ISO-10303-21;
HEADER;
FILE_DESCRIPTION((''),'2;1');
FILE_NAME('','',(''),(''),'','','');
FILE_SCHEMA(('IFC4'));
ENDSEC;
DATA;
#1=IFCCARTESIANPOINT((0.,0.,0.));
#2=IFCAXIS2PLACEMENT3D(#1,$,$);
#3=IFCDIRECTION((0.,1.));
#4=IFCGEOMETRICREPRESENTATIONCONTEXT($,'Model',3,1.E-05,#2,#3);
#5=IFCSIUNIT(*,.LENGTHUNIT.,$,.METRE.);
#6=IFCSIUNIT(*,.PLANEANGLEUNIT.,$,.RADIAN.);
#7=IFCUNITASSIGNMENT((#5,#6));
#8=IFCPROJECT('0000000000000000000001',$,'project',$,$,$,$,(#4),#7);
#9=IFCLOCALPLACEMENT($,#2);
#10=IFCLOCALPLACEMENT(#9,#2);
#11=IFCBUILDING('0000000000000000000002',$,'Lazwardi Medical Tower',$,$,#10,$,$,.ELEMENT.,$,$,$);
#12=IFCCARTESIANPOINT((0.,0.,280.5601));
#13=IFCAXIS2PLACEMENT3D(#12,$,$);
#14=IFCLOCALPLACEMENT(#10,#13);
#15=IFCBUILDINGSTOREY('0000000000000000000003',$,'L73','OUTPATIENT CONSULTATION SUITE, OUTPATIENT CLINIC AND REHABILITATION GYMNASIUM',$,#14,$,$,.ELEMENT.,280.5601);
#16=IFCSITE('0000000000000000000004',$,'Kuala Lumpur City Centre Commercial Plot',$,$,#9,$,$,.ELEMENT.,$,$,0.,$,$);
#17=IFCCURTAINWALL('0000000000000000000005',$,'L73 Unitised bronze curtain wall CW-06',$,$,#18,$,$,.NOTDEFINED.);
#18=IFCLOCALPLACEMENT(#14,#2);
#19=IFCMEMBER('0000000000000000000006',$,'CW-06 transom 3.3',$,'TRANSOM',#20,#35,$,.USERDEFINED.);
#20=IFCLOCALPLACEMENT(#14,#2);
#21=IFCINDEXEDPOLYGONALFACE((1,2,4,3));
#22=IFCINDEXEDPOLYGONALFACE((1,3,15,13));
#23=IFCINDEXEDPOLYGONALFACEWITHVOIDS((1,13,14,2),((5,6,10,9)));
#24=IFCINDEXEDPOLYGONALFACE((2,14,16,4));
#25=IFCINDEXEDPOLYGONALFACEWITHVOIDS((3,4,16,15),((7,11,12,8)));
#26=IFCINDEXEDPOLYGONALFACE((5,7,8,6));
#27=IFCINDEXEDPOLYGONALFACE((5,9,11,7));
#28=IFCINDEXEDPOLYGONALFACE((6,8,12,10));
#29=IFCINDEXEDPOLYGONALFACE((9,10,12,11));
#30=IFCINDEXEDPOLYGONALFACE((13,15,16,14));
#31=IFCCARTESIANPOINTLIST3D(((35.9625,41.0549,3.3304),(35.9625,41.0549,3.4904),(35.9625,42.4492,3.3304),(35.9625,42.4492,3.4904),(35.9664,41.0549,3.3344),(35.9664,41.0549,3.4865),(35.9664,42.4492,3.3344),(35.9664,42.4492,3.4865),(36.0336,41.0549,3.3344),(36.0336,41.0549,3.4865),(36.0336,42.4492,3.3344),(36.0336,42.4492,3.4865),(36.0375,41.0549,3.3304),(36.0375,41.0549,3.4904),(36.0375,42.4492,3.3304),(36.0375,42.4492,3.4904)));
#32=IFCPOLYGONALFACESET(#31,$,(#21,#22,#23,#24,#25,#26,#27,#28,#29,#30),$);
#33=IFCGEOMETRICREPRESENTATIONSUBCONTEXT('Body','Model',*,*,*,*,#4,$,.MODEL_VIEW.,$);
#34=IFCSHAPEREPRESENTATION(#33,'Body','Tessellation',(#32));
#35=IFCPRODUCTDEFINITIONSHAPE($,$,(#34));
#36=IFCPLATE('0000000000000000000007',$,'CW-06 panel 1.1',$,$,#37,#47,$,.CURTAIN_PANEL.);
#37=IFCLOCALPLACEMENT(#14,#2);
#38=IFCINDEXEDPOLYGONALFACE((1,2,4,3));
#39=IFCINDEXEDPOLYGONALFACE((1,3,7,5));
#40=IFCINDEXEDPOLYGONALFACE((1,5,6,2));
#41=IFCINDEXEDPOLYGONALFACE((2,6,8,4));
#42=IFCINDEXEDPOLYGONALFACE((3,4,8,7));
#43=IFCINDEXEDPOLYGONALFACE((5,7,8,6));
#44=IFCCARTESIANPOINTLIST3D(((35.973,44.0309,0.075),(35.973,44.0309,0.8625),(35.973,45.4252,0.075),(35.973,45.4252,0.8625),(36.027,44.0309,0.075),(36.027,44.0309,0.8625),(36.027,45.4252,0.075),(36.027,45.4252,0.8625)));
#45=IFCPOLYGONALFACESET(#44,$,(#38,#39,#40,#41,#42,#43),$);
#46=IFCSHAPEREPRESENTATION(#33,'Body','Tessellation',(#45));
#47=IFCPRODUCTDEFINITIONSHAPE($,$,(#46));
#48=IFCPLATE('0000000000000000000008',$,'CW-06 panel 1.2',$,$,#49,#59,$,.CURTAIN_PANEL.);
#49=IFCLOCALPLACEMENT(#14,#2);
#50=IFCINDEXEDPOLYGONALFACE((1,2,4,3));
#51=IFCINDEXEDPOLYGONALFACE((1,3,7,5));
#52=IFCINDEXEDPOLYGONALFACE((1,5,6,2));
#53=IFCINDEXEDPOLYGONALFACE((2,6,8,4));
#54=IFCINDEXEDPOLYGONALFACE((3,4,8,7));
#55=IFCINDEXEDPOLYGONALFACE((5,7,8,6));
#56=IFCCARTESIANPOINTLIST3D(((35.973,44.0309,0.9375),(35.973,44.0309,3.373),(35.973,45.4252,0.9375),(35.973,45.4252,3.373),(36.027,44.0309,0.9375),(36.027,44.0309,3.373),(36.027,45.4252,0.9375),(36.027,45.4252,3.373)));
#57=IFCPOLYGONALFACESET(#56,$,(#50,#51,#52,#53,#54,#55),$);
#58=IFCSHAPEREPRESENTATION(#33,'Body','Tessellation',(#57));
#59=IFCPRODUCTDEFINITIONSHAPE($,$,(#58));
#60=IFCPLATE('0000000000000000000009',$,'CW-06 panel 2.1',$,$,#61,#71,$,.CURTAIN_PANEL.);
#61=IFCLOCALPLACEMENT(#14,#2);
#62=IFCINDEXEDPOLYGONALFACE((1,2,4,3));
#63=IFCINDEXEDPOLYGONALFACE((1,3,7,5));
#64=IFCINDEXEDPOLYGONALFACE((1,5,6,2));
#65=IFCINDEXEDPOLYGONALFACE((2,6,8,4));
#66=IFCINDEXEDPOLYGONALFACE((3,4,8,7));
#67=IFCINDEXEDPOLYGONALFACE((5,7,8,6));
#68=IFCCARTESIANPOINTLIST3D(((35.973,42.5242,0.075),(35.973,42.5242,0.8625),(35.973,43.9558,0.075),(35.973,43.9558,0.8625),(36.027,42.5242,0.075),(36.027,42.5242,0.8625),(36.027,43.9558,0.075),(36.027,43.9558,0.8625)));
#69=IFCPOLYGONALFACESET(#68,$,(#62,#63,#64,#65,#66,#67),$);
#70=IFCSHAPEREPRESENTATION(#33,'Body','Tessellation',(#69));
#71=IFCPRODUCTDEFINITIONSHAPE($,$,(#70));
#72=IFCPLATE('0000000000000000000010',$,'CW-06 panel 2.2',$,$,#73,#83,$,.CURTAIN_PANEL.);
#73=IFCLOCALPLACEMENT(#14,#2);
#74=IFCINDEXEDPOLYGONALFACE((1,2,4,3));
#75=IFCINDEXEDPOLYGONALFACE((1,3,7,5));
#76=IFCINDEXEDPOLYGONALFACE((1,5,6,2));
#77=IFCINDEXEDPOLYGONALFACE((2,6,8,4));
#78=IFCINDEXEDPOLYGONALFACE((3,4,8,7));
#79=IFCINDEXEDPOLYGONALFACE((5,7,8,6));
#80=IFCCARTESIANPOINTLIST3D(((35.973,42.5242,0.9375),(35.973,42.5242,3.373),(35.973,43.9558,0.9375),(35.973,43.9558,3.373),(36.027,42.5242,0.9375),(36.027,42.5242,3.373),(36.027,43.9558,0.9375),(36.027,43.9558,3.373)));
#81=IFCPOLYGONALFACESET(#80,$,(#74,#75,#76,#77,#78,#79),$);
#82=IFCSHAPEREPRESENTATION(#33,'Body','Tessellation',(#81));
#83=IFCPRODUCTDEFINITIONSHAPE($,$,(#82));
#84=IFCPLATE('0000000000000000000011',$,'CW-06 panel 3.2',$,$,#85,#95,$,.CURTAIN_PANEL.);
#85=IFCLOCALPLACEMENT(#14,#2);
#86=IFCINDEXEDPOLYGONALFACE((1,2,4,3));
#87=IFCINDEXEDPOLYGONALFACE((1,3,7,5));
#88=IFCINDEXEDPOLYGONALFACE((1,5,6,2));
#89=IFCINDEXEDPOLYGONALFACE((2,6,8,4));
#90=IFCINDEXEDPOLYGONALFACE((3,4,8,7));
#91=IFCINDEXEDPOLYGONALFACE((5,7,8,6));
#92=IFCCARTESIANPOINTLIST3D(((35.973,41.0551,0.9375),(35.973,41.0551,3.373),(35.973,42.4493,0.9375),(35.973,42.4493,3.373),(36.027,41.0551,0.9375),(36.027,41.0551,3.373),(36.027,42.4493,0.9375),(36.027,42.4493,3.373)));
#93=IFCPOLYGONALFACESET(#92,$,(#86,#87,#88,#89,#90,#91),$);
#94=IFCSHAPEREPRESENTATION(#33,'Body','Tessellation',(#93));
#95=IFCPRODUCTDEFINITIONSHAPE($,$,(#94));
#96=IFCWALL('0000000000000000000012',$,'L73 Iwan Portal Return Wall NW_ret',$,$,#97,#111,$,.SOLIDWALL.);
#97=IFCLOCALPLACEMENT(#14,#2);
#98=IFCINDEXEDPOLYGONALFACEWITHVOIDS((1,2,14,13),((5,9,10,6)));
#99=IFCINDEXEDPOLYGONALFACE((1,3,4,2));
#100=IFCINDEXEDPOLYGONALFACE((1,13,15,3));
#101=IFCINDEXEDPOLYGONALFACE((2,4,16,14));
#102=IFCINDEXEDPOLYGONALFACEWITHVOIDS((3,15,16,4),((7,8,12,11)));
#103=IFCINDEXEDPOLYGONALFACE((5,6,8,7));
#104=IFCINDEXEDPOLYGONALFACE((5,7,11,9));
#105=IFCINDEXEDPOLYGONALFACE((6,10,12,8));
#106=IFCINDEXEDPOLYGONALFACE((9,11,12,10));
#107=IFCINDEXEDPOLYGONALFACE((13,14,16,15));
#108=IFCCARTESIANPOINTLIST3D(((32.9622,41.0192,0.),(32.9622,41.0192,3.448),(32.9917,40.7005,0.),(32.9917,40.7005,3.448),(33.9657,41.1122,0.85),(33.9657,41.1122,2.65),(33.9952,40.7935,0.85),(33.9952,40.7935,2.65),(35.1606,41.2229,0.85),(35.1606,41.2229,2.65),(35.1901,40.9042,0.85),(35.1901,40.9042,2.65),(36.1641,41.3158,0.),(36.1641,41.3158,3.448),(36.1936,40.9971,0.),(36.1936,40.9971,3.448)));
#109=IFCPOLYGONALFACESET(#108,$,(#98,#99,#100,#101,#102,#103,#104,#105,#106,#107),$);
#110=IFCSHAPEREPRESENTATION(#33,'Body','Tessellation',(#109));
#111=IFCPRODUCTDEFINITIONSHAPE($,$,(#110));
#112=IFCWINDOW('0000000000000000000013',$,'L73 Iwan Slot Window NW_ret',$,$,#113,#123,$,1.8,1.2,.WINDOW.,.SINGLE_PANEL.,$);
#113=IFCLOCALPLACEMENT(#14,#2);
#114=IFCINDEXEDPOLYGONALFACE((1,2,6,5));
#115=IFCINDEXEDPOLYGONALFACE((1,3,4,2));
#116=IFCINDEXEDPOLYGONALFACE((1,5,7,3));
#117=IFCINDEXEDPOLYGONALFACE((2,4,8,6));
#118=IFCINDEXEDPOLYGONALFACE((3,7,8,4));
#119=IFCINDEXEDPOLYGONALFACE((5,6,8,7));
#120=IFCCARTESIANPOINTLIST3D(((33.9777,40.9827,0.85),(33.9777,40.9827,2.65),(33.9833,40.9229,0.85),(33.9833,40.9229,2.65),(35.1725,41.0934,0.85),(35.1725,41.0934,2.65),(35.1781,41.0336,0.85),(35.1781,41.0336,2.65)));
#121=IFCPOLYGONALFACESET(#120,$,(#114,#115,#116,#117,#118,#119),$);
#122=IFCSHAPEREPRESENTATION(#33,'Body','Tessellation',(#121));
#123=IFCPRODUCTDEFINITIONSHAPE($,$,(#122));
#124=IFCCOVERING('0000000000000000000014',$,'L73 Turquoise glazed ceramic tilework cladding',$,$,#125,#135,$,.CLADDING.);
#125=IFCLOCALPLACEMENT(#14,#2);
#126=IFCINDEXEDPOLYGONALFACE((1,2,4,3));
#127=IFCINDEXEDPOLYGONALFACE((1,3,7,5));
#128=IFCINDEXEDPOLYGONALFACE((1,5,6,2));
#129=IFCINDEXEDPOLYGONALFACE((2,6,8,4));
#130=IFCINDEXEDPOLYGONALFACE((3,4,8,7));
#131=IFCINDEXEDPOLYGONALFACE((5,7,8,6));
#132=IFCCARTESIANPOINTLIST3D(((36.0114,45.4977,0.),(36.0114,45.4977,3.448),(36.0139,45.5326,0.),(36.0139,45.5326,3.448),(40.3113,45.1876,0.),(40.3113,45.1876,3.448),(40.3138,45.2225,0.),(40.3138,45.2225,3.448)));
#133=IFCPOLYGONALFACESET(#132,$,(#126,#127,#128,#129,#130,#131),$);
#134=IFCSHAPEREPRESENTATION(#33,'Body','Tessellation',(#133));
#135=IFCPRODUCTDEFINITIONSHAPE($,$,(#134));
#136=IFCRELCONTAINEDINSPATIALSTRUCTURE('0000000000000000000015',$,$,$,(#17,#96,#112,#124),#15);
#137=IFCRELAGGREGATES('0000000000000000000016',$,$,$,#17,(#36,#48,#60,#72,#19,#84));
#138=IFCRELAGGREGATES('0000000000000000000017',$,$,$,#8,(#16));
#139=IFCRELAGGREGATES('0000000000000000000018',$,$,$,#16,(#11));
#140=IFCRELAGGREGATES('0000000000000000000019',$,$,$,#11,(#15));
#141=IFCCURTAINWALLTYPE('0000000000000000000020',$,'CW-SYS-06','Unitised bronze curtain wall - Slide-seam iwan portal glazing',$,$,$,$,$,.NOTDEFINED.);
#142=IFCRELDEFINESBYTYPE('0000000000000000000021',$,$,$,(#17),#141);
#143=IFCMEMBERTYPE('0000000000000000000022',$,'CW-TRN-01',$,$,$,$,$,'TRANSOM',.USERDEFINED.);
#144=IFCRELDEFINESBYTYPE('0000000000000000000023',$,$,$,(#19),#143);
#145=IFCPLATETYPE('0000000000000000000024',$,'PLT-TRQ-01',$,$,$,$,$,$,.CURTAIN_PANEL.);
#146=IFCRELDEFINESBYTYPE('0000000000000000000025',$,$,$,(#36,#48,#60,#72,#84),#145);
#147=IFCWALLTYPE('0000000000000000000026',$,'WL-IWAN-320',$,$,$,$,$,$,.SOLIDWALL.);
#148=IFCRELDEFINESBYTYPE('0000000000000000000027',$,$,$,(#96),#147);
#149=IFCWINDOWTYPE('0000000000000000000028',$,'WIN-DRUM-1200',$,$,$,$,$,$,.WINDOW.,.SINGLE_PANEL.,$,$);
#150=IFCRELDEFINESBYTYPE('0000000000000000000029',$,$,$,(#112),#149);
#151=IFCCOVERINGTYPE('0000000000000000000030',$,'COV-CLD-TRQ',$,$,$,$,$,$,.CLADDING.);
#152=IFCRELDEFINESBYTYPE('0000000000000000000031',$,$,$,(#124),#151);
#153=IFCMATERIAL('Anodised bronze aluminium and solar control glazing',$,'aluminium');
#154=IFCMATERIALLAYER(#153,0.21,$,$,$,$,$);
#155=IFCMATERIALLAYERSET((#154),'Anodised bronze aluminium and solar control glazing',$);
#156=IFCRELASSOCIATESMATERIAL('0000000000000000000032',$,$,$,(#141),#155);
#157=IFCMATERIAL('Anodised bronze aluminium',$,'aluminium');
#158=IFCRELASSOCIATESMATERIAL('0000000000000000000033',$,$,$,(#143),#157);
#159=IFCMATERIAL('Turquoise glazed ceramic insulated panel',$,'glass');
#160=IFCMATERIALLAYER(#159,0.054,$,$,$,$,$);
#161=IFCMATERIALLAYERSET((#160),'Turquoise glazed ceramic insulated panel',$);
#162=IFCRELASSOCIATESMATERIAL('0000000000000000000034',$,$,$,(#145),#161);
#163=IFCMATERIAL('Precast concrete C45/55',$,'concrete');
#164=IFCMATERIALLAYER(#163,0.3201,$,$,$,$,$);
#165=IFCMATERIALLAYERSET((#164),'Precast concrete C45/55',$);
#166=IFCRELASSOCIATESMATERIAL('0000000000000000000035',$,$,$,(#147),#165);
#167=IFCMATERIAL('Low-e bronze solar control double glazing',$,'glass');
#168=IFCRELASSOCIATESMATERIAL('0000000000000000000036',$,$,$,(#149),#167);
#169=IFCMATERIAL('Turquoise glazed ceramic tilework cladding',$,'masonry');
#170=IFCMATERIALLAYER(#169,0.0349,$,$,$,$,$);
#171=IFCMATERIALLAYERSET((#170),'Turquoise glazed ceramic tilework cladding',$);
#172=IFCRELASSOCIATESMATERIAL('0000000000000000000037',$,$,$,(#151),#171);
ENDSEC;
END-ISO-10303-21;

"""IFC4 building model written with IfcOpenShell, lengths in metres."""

from ifc_helpers import new_model, si_unit, direction, frame, frame_2d, origin, origin_2d, place, context, subcontext, project, spatial, rectangle, hollow_rectangle, extrude, material, layer, layer_set, material_profile, profile_set, type_object, element, fill, aggregate, save


model = new_model("IFC4")

# Units and contexts
model_context = context("Model", 3, precision=1e-05, world=origin(), true_north=direction((0.0, 1.0)))
body_context = subcontext(model_context, "Body", "Model", "MODEL_VIEW")
ifc_project = project(units=[si_unit("LENGTHUNIT", "METRE"), si_unit("PLANEANGLEUNIT", "RADIAN")], contexts=[model_context])

# Site, building, storey
site_placement = place(None, origin())
site = spatial("IfcSite", under=ifc_project, at=site_placement, Name="Kuala Lumpur City Centre Commercial Plot", CompositionType="ELEMENT", RefElevation=0.0)
building_placement = place(site_placement, origin())
building = spatial("IfcBuilding", under=site, at=building_placement, Name="Lazwardi Medical Tower", CompositionType="ELEMENT")
storey_placement = place(building_placement, frame((0.0, 0.0, 280.5601)))
storey = spatial("IfcBuildingStorey", under=building, at=storey_placement, Name="L73", Description="OUTPATIENT CONSULTATION SUITE, OUTPATIENT CLINIC AND REHABILITATION GYMNASIUM", CompositionType="ELEMENT", Elevation=280.5601)

# Curtain wall, member, plates
ifc_material_1 = material(Name="Anodised bronze aluminium and solar control glazing", Category="aluminium")
ifc_layer_1 = layer(ifc_material_1, 0.21)
ifc_layer_set_1 = layer_set([ifc_layer_1], Name="Anodised bronze aluminium and solar control glazing")
curtain_wall_type = type_object("IfcCurtainWallType", Name="CW-SYS-06", Description="Unitised bronze curtain wall - Slide-seam iwan portal glazing", PredefinedType="NOTDEFINED", material=ifc_layer_set_1)
curtain_wall_placement = place(storey_placement, origin())
curtain_wall = element("IfcCurtainWall", 1, at=curtain_wall_placement, inside=storey, type_object=curtain_wall_type, Name="L73 Unitised bronze curtain wall CW-06", PredefinedType="NOTDEFINED")
ifc_material_2 = material(Name="Anodised bronze aluminium", Category="aluminium")
ifc_material_profile_1 = material_profile(ifc_material_2, hollow_rectangle(XDim=0.075, YDim=0.1599, WallThickness=0.0039, at=origin_2d()), Name="ALU-TRANSOM 160x75x4")
ifc_profile_set_1 = profile_set([ifc_material_profile_1], Name="Anodised bronze aluminium")
member_type_1 = type_object("IfcMemberType", Name="CW-TRN-01", ElementType="TRANSOM", PredefinedType="USERDEFINED", material=ifc_profile_set_1)
member_1_placement = place(storey_placement, frame((36.0, 42.4492, 3.4104), z_axis=(0.0, -1.0, 0.0), x_axis=(1.0, 0.0, 0.0)))
member_1 = element("IfcMember", 2, at=member_1_placement, type_object=member_type_1, Name="CW-06 transom 3.3", ObjectType="TRANSOM", PredefinedType="USERDEFINED", context=body_context, shape_type="SweptSolid", body=[
    extrude(hollow_rectangle(XDim=0.075, YDim=0.1599, WallThickness=0.0039, at=origin_2d()), origin(), (0.0, 0.0, 1.0), 1.3943),
])
ifc_material_3 = material(Name="Turquoise glazed ceramic insulated panel", Category="glass")
ifc_layer_2 = layer(ifc_material_3, 0.054)
ifc_layer_set_2 = layer_set([ifc_layer_2], Name="Turquoise glazed ceramic insulated panel")
plate_type = type_object("IfcPlateType", Name="PLT-TRQ-01", PredefinedType="CURTAIN_PANEL", material=ifc_layer_set_2)
plate_1_placement = place(storey_placement, frame((36.0, 44.728, 0.075), z_axis=(0.0, 0.0, 1.0), x_axis=(0.0, -1.0, 0.0)))
plate_1 = element("IfcPlate", 3, at=plate_1_placement, type_object=plate_type, Name="CW-06 panel 1.1", PredefinedType="CURTAIN_PANEL", context=body_context, shape_type="SweptSolid", body=[
    extrude(rectangle(XDim=1.3943, YDim=0.054, at=origin_2d()), origin(), (0.0, 0.0, 1.0), 0.7876),
])
plate_2_placement = place(storey_placement, frame((36.0, 44.728, 0.9375), z_axis=(0.0, 0.0, 1.0), x_axis=(0.0, -1.0, 0.0)))
plate_2 = element("IfcPlate", 4, at=plate_2_placement, type_object=plate_type, Name="CW-06 panel 1.2", PredefinedType="CURTAIN_PANEL", context=body_context, shape_type="SweptSolid", body=[
    extrude(rectangle(XDim=1.3943, YDim=0.054, at=origin_2d()), origin(), (0.0, 0.0, 1.0), 2.4355),
])
plate_3_placement = place(storey_placement, frame((36.0, 43.24, 0.075), z_axis=(0.0, 0.0, 1.0), x_axis=(0.0, -1.0, 0.0)))
plate_3 = element("IfcPlate", 5, at=plate_3_placement, type_object=plate_type, Name="CW-06 panel 2.1", PredefinedType="CURTAIN_PANEL", context=body_context, shape_type="SweptSolid", body=[
    extrude(rectangle(XDim=1.4316, YDim=0.054, at=origin_2d()), origin(), (0.0, 0.0, 1.0), 0.7876),
])
plate_4_placement = place(storey_placement, frame((36.0, 43.24, 0.9375), z_axis=(0.0, 0.0, 1.0), x_axis=(0.0, -1.0, 0.0)))
plate_4 = element("IfcPlate", 6, at=plate_4_placement, type_object=plate_type, Name="CW-06 panel 2.2", PredefinedType="CURTAIN_PANEL", context=body_context, shape_type="SweptSolid", body=[
    extrude(rectangle(XDim=1.4316, YDim=0.054, at=origin_2d()), origin(), (0.0, 0.0, 1.0), 2.4355),
])
plate_5_placement = place(storey_placement, frame((36.0, 41.7522, 0.9375), z_axis=(0.0, 0.0, 1.0), x_axis=(0.0, -1.0, 0.0)))
plate_5 = element("IfcPlate", 7, at=plate_5_placement, type_object=plate_type, Name="CW-06 panel 3.2", PredefinedType="CURTAIN_PANEL", context=body_context, shape_type="SweptSolid", body=[
    extrude(rectangle(XDim=1.3943, YDim=0.054, at=origin_2d()), origin(), (0.0, 0.0, 1.0), 2.4355),
])
aggregate(curtain_wall, [plate_1, plate_2, plate_3, plate_4, member_1, plate_5])

# Wall, opening, window
ifc_material_4 = material(Name="Precast concrete C45/55", Category="concrete")
ifc_layer_3 = layer(ifc_material_4, 0.3201)
ifc_layer_set_3 = layer_set([ifc_layer_3], Name="Precast concrete C45/55")
wall_type = type_object("IfcWallType", Name="WL-IWAN-320", PredefinedType="SOLIDWALL", material=ifc_layer_set_3)
wall_placement = place(storey_placement, frame((36.179, 41.1565, 0.0), z_axis=(0.0, 0.0, 1.0), x_axis=(-0.995736, -0.092247, 0.0)))
wall = element("IfcWall", 8, at=wall_placement, inside=storey, type_object=wall_type, Name="L73 Iwan Portal Return Wall NW_ret", PredefinedType="SOLIDWALL", context=body_context, shape_type="SweptSolid", body=[
    extrude(rectangle(XDim=3.2156, YDim=0.3201, at=frame_2d((1.6079, 0.0))), origin(), (0.0, 0.0, 1.0), 3.448),
])
opening_placement = place(wall_placement, frame((1.0078, 0.0, 0.8501)))
opening = element("IfcOpeningElement", 9, at=opening_placement, cuts=wall, PredefinedType="OPENING", context=body_context, shape_type="SweptSolid", body=[
    extrude(rectangle(XDim=1.2, YDim=1.8, at=frame_2d((0.6001, 0.8999))), frame((0.0, 0.1699, 0.0), z_axis=(0.0, -1.0, 0.0), x_axis=(1.0, 0.0, 0.0)), (0.0, 0.0, 1.0), 0.3401),
])
ifc_material_5 = material(Name="Low-e bronze solar control double glazing", Category="glass")
window_type = type_object("IfcWindowType", Name="WIN-DRUM-1200", PartitioningType="SINGLE_PANEL", PredefinedType="WINDOW", material=ifc_material_5)
window_placement = place(opening_placement, origin())
window = element("IfcWindow", 10, at=window_placement, inside=storey, type_object=window_type, Name="L73 Iwan Slot Window NW_ret", OverallHeight=1.8, OverallWidth=1.2, PartitioningType="SINGLE_PANEL", PredefinedType="WINDOW", context=body_context, shape_type="SweptSolid", body=[
    extrude(rectangle(XDim=1.2, YDim=1.8, at=frame_2d((0.6001, 0.8999))), frame((0.0, 0.03, 0.0), z_axis=(0.0, -1.0, 0.0), x_axis=(1.0, 0.0, 0.0)), (0.0, 0.0, 1.0), 0.0601),
])
fill(opening, window)

# Covering
ifc_material_6 = material(Name="Turquoise glazed ceramic tilework cladding", Category="masonry")
ifc_layer_4 = layer(ifc_material_6, 0.0349)
ifc_layer_set_4 = layer_set([ifc_layer_4], Name="Turquoise glazed ceramic tilework cladding")
covering_type = type_object("IfcCoveringType", Name="COV-CLD-TRQ", PredefinedType="CLADDING", material=ifc_layer_set_4)
covering_placement = place(storey_placement, frame((38.1626, 45.3601, 0.0), z_axis=(0.0, 0.0, 1.0), x_axis=(-0.997409, 0.071933, 0.0)))
element("IfcCovering", 11, at=covering_placement, inside=storey, type_object=covering_type, Name="L73 Turquoise glazed ceramic tilework cladding", PredefinedType="CLADDING", context=body_context, shape_type="SweptSolid", body=[
    extrude(rectangle(XDim=4.311, YDim=0.0349, at=origin_2d()), origin(), (0.0, 0.0, 1.0), 3.448),
])

save(model, "model.ifc")
